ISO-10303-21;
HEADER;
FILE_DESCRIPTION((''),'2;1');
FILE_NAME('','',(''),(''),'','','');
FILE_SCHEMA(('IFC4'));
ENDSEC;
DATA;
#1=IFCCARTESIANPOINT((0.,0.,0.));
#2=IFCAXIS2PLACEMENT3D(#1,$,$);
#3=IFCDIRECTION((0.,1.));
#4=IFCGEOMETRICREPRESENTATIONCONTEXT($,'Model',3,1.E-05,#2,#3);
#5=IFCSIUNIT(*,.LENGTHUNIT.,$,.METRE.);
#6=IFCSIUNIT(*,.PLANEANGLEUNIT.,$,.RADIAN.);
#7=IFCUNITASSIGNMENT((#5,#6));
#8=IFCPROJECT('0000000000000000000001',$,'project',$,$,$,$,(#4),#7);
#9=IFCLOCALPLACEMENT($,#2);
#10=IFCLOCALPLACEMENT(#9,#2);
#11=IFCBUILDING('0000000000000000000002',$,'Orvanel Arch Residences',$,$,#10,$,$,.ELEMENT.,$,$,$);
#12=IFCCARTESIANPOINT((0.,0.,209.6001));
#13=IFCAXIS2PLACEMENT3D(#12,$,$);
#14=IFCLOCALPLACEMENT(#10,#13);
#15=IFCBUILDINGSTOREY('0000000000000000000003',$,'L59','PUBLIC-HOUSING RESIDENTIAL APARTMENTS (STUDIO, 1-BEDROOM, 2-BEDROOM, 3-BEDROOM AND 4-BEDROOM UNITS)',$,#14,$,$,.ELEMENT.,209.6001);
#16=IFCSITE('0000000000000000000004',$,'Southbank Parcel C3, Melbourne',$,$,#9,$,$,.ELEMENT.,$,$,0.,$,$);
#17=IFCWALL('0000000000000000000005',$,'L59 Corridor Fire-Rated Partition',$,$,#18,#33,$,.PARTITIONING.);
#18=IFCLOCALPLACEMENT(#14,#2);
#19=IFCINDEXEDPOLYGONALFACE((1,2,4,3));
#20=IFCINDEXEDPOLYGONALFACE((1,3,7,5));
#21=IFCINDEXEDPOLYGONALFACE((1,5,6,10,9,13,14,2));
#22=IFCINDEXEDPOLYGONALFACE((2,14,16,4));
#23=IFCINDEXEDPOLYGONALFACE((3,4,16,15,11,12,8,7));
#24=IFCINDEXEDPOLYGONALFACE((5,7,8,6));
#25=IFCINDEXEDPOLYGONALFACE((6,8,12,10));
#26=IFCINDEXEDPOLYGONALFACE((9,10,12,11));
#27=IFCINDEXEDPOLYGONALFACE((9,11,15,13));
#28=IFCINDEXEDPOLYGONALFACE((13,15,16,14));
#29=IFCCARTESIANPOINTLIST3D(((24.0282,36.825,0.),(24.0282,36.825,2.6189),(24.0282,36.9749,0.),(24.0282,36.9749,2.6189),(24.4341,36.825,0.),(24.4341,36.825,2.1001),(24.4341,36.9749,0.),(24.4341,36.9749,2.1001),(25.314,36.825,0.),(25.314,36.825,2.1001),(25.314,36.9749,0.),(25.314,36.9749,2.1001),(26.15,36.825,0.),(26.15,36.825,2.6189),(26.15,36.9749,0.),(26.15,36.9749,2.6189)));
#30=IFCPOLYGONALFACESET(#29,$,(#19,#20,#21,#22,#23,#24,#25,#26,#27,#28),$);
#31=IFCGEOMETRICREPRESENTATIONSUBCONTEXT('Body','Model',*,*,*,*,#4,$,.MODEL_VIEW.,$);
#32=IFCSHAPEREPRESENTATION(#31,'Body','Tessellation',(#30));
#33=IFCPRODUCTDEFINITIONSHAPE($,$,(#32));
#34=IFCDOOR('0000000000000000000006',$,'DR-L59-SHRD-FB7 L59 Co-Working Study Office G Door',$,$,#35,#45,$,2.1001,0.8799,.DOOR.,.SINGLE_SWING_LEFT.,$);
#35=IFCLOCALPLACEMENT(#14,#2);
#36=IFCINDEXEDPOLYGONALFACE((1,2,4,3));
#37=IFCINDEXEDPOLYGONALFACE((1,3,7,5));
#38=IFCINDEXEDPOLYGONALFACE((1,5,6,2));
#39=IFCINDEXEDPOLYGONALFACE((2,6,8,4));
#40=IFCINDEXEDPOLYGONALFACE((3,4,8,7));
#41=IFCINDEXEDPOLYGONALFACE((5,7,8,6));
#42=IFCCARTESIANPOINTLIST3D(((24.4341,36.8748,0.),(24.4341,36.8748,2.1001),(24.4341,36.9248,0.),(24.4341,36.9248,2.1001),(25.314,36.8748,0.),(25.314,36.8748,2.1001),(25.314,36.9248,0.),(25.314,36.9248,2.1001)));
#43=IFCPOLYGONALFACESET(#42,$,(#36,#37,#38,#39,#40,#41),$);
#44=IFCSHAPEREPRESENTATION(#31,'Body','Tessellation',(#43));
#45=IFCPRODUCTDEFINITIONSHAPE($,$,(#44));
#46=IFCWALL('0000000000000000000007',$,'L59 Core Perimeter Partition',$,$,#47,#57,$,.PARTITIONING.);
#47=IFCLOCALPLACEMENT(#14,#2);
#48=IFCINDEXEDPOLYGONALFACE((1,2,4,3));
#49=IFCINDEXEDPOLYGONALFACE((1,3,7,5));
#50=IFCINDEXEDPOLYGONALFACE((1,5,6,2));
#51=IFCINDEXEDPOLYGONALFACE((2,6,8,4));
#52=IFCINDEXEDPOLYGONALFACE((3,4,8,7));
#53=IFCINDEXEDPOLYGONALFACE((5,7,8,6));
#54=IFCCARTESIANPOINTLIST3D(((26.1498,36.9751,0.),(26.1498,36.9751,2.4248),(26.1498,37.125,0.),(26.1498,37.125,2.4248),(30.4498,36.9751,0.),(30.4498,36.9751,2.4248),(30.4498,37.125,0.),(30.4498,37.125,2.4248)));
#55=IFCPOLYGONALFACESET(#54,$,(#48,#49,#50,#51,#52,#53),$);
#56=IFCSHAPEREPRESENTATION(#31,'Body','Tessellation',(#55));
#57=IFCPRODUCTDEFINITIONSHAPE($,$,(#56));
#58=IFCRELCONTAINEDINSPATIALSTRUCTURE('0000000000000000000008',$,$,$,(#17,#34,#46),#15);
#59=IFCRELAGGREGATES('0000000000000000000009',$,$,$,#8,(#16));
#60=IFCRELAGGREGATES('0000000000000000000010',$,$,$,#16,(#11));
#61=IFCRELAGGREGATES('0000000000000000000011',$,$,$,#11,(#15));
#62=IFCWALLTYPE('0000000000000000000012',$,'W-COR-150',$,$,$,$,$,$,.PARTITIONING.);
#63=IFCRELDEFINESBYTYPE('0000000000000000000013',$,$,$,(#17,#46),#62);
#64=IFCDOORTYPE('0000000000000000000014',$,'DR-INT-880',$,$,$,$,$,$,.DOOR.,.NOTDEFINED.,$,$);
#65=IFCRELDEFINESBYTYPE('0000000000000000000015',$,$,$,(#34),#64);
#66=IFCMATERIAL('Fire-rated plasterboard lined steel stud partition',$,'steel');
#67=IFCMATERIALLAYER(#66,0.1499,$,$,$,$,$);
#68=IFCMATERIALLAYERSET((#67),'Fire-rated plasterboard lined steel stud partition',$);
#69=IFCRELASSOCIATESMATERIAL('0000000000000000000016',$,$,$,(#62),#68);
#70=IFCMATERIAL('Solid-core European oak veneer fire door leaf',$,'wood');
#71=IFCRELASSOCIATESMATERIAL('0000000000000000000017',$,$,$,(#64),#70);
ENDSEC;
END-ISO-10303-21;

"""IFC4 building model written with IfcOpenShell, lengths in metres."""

from ifc_helpers import new_model, si_unit, direction, frame, frame_2d, origin, place, context, subcontext, project, spatial, rectangle, extrude, material, layer, layer_set, type_object, element, fill, save


model = new_model("IFC4")

# Units and contexts
model_context = context("Model", 3, precision=1e-05, world=origin(), true_north=direction((0.0, 1.0)))
body_context = subcontext(model_context, "Body", "Model", "MODEL_VIEW")
ifc_project = project(units=[si_unit("LENGTHUNIT", "METRE"), si_unit("PLANEANGLEUNIT", "RADIAN")], contexts=[model_context])

# Site, building, storey
site_placement = place(None, origin())
site = spatial("IfcSite", under=ifc_project, at=site_placement, Name="Southbank Parcel C3, Melbourne", CompositionType="ELEMENT", RefElevation=0.0)
building_placement = place(site_placement, origin())
building = spatial("IfcBuilding", under=site, at=building_placement, Name="Orvanel Arch Residences", CompositionType="ELEMENT")
storey_placement = place(building_placement, frame((0.0, 0.0, 209.6001)))
storey = spatial("IfcBuildingStorey", under=building, at=storey_placement, Name="L59", Description="PUBLIC-HOUSING RESIDENTIAL APARTMENTS (STUDIO, 1-BEDROOM, 2-BEDROOM, 3-BEDROOM AND 4-BEDROOM UNITS)", CompositionType="ELEMENT", Elevation=209.6001)

# Wall, opening, door
ifc_material_1 = material(Name="Fire-rated plasterboard lined steel stud partition", Category="steel")
ifc_layer_1 = layer(ifc_material_1, 0.1499)
ifc_layer_set_1 = layer_set([ifc_layer_1], Name="Fire-rated plasterboard lined steel stud partition")
wall_type_1 = type_object("IfcWallType", Name="W-COR-150", PredefinedType="PARTITIONING", material=ifc_layer_set_1)
wall_1_placement = place(storey_placement, frame((24.0281, 36.8999, 0.0), z_axis=(0.0, 0.0, 1.0), x_axis=(1.0, 0.0, 0.0)))
wall_1 = element("IfcWall", 1, at=wall_1_placement, inside=storey, type_object=wall_type_1, Name="L59 Corridor Fire-Rated Partition", PredefinedType="PARTITIONING", context=body_context, shape_type="SweptSolid", body=[
    extrude(rectangle(XDim=2.1218, YDim=0.1499, at=frame_2d((1.061, 0.0))), origin(), (0.0, 0.0, 1.0), 2.6189),
])
opening_1_placement = place(wall_1_placement, frame((0.406, 0.0, 0.0)))
opening_1 = element("IfcOpeningElement", 2, at=opening_1_placement, cuts=wall_1, PredefinedType="OPENING", context=body_context, shape_type="SweptSolid", body=[
    extrude(rectangle(XDim=0.8799, YDim=2.1001, at=frame_2d((0.4399, 1.05))), frame((0.0, 0.085, 0.0), z_axis=(0.0, -1.0, 0.0), x_axis=(1.0, 0.0, 0.0)), (0.0, 0.0, 1.0), 0.1699),
])
ifc_material_2 = material(Name="Solid-core European oak veneer fire door leaf", Category="wood")
door_type_1 = type_object("IfcDoorType", Name="DR-INT-880", OperationType="NOTDEFINED", PredefinedType="DOOR", material=ifc_material_2)
door_1_placement = place(opening_1_placement, origin())
door_1 = element("IfcDoor", 3, at=door_1_placement, inside=storey, type_object=door_type_1, Name="DR-L59-SHRD-FB7 L59 Co-Working Study Office G Door", OperationType="SINGLE_SWING_LEFT", OverallHeight=2.1001, OverallWidth=0.8799, PredefinedType="DOOR", context=body_context, shape_type="SweptSolid", body=[
    extrude(rectangle(XDim=0.8799, YDim=2.1001, at=frame_2d((0.4399, 1.05))), frame((0.0, 0.0249, 0.0), z_axis=(0.0, -1.0, 0.0), x_axis=(1.0, 0.0, 0.0)), (0.0, 0.0, 1.0), 0.05),
])
fill(opening_1, door_1)

# Wall
wall_2_placement = place(storey_placement, frame((26.1499, 37.05, 0.0), z_axis=(0.0, 0.0, 1.0), x_axis=(1.0, 0.0, 0.0)))
element("IfcWall", 4, at=wall_2_placement, inside=storey, type_object=wall_type_1, Name="L59 Core Perimeter Partition", PredefinedType="PARTITIONING", context=body_context, shape_type="SweptSolid", body=[
    extrude(rectangle(XDim=4.3, YDim=0.1499, at=frame_2d((2.1499, 0.0))), origin(), (0.0, 0.0, 1.0), 2.4248),
])

save(model, "model.ifc")
